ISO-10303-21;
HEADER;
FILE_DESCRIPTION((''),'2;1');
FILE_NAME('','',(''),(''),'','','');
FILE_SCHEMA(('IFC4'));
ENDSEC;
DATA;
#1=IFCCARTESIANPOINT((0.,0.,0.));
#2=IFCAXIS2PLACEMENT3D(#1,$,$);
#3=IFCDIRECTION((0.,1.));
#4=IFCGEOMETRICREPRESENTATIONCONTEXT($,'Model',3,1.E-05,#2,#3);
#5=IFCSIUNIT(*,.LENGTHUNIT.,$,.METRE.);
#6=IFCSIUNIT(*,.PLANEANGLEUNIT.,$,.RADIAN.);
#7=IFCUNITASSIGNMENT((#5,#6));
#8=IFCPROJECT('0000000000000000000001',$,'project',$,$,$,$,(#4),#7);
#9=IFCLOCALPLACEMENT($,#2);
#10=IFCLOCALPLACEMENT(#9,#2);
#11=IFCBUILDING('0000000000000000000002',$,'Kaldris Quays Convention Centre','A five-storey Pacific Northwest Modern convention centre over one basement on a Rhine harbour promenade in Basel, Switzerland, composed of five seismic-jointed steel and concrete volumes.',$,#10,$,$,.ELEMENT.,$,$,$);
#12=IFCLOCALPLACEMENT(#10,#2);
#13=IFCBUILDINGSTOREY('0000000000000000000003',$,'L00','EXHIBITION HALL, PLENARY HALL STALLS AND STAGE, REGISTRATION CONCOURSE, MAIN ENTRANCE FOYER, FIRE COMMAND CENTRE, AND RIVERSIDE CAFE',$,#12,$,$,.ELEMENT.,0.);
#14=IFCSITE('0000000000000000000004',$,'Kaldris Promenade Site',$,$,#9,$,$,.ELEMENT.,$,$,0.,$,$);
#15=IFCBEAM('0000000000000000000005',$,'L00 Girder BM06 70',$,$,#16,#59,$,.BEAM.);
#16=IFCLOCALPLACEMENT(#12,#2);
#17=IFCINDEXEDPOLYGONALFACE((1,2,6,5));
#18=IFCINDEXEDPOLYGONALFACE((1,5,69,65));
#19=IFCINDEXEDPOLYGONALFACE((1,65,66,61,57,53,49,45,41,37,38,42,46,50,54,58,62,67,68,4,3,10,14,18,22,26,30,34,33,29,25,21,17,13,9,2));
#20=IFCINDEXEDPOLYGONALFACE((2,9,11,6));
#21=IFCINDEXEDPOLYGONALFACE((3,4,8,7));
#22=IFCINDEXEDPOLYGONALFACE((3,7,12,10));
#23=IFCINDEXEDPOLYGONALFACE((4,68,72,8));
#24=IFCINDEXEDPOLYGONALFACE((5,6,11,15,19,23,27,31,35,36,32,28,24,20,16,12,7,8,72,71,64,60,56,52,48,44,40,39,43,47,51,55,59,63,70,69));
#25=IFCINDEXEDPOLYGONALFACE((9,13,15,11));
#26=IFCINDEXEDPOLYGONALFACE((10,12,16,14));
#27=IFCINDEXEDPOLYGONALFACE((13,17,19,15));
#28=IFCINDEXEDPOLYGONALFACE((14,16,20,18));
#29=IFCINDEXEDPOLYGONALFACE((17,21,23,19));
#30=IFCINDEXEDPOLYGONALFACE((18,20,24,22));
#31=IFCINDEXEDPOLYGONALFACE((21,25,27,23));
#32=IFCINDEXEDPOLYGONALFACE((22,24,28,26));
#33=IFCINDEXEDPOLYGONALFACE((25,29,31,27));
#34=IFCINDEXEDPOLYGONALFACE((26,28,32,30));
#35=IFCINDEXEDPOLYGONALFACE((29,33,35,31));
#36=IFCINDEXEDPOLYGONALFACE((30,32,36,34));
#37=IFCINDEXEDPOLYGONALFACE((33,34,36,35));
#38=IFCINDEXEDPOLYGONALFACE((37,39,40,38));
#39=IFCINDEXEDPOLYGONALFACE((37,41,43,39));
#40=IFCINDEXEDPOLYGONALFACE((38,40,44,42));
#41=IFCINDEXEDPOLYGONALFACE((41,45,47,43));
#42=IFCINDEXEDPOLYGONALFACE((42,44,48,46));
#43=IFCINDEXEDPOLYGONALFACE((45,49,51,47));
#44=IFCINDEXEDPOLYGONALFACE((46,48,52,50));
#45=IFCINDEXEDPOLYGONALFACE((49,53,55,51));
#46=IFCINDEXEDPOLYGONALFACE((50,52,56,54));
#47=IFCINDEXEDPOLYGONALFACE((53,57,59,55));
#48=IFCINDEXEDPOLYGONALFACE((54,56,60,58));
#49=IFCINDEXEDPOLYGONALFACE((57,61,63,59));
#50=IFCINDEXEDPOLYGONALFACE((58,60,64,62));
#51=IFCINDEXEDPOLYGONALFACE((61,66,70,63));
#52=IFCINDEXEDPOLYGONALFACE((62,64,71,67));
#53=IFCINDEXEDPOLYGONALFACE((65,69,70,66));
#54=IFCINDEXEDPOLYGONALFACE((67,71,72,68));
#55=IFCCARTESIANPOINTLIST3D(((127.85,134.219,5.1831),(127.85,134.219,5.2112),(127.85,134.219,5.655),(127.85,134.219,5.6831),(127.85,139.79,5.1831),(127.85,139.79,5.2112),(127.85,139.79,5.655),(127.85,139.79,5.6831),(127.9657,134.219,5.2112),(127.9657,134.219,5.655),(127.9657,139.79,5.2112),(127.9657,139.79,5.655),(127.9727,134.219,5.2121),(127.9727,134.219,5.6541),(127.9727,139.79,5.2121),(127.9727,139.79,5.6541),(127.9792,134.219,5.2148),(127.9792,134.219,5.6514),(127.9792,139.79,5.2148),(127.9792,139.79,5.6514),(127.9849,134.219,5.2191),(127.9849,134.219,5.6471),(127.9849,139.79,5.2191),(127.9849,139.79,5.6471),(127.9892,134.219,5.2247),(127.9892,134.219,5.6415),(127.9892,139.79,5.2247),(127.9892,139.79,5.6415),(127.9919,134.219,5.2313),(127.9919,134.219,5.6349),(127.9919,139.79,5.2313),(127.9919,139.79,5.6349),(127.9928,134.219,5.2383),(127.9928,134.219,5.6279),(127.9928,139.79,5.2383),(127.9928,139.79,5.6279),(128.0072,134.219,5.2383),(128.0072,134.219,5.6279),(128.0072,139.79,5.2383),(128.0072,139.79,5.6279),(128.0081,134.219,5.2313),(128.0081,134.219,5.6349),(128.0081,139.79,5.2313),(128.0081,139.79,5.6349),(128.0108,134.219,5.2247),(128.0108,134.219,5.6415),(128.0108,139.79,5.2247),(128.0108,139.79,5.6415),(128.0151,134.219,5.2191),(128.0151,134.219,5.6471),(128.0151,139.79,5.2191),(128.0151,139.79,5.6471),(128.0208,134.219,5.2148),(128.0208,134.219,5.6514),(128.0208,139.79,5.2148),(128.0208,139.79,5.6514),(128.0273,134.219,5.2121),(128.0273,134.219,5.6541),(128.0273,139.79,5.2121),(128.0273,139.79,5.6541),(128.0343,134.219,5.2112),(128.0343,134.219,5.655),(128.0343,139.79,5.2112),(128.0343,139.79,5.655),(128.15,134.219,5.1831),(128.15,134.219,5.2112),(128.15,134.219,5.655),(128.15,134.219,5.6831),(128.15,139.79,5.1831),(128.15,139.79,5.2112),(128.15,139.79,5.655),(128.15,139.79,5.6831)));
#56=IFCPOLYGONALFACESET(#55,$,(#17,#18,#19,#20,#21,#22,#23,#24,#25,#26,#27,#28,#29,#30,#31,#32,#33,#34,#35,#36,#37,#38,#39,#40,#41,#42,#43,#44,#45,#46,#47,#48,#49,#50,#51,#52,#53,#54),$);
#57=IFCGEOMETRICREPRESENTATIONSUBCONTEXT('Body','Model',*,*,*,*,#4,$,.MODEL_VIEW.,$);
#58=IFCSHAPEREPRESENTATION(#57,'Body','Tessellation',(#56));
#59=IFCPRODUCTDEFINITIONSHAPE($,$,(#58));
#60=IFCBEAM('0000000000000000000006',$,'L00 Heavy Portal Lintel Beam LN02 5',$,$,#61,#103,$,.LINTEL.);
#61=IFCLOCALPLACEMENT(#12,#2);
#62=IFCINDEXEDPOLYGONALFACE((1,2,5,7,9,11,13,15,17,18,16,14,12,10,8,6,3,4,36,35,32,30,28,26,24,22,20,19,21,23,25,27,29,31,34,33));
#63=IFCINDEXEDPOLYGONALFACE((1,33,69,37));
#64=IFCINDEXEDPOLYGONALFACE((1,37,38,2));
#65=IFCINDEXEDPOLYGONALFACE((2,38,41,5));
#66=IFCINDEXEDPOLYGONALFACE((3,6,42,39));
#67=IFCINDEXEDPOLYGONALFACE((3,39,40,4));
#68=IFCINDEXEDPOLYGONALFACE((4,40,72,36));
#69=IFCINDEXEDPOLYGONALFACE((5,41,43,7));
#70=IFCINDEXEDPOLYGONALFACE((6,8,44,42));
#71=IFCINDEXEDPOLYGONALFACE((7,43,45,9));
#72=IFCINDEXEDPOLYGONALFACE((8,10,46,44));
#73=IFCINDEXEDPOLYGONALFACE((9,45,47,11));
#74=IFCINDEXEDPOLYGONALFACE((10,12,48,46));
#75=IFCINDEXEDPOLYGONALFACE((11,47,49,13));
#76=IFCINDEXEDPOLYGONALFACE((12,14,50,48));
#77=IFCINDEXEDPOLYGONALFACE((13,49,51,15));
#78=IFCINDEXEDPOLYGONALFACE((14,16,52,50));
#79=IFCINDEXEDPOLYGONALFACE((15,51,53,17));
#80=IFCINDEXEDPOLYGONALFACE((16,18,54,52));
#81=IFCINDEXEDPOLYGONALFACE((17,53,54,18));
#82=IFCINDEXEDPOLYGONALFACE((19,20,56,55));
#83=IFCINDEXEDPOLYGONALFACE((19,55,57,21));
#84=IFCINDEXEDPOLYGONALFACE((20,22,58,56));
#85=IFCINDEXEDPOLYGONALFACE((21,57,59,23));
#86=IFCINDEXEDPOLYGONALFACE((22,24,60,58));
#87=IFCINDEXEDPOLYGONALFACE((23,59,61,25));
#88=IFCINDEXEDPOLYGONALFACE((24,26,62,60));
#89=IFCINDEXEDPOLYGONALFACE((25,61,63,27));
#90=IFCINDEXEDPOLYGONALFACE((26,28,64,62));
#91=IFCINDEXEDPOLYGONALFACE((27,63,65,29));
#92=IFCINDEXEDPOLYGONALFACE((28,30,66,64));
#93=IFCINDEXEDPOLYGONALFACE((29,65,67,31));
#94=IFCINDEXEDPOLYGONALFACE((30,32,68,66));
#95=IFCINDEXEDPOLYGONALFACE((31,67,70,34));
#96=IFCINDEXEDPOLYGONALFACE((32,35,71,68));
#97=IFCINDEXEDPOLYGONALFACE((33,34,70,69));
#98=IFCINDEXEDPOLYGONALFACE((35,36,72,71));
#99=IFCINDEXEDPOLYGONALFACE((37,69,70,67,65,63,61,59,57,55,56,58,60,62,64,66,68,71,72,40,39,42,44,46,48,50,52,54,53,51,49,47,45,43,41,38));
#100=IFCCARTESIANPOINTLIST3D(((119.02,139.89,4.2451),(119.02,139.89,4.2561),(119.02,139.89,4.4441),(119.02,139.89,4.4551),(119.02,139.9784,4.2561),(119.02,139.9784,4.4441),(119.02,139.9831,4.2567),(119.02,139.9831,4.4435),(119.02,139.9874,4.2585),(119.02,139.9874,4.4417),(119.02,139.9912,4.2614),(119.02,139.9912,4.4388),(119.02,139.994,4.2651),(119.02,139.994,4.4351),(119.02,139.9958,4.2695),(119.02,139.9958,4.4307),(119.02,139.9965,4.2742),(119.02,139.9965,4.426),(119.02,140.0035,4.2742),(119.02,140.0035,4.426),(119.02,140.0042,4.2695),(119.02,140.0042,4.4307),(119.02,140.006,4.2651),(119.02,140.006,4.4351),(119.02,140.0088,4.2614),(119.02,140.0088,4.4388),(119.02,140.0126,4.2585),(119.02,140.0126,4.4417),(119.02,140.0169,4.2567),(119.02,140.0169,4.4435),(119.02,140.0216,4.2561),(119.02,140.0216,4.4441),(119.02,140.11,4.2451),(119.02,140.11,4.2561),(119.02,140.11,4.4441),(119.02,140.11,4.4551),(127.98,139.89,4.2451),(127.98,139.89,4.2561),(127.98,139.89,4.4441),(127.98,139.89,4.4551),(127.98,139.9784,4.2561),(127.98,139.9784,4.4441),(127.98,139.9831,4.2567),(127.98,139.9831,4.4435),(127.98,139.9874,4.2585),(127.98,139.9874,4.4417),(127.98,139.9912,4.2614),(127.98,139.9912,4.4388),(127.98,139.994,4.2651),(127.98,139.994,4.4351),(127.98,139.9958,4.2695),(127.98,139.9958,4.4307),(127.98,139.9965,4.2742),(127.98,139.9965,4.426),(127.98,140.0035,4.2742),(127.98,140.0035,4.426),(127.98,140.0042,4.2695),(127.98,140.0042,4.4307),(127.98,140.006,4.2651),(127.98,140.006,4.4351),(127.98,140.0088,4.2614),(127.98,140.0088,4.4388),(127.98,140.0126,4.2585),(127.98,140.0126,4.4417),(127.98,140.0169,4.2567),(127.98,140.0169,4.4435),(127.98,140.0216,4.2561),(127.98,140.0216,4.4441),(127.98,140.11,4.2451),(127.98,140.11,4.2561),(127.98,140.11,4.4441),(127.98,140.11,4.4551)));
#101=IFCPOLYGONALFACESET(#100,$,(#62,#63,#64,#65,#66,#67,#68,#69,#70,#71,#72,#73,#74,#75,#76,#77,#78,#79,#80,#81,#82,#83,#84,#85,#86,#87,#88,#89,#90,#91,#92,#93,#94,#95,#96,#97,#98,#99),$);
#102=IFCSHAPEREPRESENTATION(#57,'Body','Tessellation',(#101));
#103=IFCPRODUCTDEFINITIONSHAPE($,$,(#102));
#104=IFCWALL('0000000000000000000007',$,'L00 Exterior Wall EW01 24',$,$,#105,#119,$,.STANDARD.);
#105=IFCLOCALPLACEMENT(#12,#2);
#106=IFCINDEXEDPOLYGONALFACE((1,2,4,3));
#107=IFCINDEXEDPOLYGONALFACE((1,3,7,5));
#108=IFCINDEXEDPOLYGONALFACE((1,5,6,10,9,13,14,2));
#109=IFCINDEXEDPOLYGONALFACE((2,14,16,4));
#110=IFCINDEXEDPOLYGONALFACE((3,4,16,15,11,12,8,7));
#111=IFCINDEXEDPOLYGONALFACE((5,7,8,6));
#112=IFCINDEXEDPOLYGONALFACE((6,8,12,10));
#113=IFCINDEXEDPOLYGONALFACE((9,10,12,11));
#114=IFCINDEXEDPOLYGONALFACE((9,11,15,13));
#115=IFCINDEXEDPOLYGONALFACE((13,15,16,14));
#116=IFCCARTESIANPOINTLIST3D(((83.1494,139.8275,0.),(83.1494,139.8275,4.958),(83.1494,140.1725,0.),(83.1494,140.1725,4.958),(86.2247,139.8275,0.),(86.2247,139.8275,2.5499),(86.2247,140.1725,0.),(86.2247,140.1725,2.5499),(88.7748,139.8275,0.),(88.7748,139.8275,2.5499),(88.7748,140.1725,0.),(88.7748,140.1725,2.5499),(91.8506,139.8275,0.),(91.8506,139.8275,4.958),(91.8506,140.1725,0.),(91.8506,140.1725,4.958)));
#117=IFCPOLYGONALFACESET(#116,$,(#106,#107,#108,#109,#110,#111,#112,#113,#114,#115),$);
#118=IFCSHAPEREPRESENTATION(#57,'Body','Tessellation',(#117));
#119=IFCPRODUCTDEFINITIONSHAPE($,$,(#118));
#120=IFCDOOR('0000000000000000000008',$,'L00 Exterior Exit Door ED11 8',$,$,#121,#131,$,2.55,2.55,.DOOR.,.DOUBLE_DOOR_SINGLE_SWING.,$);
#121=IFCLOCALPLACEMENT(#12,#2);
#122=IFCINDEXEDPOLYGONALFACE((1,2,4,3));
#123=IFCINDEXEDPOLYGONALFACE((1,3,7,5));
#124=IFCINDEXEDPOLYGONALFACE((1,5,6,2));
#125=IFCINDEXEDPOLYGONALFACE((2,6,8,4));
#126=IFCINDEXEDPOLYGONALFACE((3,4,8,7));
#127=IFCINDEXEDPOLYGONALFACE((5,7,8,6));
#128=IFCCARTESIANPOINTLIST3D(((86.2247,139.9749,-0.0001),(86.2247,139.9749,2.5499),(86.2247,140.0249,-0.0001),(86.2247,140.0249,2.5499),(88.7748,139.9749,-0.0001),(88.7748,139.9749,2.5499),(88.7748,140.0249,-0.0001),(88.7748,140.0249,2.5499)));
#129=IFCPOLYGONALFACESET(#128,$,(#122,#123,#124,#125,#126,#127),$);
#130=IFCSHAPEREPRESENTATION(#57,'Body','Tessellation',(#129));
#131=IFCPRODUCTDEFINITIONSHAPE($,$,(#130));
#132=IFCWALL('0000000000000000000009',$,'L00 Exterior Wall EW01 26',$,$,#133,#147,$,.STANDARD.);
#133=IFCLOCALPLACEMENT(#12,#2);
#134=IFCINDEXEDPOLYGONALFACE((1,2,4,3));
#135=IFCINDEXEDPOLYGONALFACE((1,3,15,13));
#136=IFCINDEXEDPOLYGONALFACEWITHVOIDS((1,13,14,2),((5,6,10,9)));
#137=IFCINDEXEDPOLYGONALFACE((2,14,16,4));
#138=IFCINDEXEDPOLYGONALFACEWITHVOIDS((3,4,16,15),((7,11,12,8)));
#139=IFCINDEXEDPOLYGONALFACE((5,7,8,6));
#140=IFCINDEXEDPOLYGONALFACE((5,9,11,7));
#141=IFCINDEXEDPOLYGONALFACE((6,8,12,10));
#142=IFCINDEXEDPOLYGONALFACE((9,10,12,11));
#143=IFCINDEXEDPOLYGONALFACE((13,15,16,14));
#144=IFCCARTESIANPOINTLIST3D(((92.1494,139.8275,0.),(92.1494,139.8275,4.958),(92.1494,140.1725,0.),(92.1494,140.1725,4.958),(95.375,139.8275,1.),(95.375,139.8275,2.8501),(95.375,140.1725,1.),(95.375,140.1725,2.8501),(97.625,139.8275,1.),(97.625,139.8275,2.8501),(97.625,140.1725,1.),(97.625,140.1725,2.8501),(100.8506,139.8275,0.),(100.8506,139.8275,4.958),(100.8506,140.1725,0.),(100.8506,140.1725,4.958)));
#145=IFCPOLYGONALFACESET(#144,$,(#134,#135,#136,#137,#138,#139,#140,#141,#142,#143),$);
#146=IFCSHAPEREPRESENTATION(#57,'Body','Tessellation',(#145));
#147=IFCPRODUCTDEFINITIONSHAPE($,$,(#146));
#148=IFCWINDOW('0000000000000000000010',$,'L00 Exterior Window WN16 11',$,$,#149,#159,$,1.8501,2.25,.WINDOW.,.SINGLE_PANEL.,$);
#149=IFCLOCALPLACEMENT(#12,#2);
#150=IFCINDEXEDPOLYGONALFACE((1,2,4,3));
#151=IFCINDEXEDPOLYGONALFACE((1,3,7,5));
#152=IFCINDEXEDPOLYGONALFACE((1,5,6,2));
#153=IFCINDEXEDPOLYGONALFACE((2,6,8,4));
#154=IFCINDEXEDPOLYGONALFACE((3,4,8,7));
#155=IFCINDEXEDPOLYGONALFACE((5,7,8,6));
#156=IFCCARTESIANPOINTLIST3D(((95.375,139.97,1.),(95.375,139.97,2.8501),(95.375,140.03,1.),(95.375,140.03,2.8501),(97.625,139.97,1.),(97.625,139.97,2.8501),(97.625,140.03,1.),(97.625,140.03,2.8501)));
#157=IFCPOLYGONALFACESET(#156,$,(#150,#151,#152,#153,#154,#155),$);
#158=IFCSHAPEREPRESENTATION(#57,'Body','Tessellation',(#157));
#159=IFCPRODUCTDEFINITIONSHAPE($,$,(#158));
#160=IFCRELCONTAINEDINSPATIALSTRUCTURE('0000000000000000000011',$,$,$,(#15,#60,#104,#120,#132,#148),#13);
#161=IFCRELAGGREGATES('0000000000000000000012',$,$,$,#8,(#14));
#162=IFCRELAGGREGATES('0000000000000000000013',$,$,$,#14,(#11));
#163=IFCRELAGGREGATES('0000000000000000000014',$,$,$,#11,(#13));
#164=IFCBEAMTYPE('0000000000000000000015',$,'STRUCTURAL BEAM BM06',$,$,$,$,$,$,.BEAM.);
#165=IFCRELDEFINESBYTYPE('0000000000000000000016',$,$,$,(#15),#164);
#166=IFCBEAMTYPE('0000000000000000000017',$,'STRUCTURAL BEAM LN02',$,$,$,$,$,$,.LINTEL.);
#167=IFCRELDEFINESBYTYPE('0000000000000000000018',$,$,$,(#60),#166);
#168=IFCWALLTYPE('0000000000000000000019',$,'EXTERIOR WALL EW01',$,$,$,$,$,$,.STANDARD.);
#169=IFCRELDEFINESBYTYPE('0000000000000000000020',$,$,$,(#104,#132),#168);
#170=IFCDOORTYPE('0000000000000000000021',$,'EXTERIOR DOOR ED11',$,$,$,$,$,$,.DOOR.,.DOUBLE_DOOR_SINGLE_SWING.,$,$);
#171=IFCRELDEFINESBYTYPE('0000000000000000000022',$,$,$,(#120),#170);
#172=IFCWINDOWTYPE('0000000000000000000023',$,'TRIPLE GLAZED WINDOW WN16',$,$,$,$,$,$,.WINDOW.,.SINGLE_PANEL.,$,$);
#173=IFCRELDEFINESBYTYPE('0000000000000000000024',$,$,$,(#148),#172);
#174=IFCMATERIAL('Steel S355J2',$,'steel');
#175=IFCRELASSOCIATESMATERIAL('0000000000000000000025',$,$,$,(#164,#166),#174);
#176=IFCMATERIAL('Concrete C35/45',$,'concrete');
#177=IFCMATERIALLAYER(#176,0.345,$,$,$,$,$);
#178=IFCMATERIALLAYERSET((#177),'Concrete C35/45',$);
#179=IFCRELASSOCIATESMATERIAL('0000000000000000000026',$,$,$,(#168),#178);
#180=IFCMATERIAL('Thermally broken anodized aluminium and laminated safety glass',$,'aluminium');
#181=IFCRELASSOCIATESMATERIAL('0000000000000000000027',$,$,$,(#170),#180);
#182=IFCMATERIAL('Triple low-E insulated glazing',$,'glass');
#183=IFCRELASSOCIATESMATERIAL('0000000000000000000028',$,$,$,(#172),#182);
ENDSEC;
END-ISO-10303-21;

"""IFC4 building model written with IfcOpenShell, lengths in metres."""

from ifc_helpers import new_model, si_unit, direction, frame, frame_2d, origin, origin_2d, place, context, subcontext, project, spatial, rectangle, i_section, extrude, material, layer, layer_set, material_profile, profile_set, type_object, element, fill, save


model = new_model("IFC4")

# Units and contexts
model_context = context("Model", 3, precision=1e-05, world=origin(), true_north=direction((0.0, 1.0)))
body_context = subcontext(model_context, "Body", "Model", "MODEL_VIEW")
ifc_project = project(units=[si_unit("LENGTHUNIT", "METRE"), si_unit("PLANEANGLEUNIT", "RADIAN")], contexts=[model_context])

# Site, building, storey
site_placement = place(None, origin())
site = spatial("IfcSite", under=ifc_project, at=site_placement, Name="Kaldris Promenade Site", CompositionType="ELEMENT", RefElevation=0.0)
building_placement = place(site_placement, origin())
building = spatial("IfcBuilding", under=site, at=building_placement, Name="Kaldris Quays Convention Centre", Description="A five-storey Pacific Northwest Modern convention centre over one basement on a Rhine harbour promenade in Basel, Switzerland, composed of five seismic-jointed steel and concrete volumes.", CompositionType="ELEMENT")
storey_placement = place(building_placement, origin())
storey = spatial("IfcBuildingStorey", under=building, at=storey_placement, Name="L00", Description="EXHIBITION HALL, PLENARY HALL STALLS AND STAGE, REGISTRATION CONCOURSE, MAIN ENTRANCE FOYER, FIRE COMMAND CENTRE, AND RIVERSIDE CAFE", CompositionType="ELEMENT", Elevation=0.0)

# Shared definitions
ifc_material_1 = material(Name="Steel S355J2", Category="steel")

# Beams
ifc_material_profile_1 = material_profile(ifc_material_1, i_section(OverallWidth=0.3, OverallDepth=0.5, WebThickness=0.0144, FlangeThickness=0.0281, FilletRadius=0.0271, at=origin_2d()), Name="HEB 500")
ifc_profile_set_1 = profile_set([ifc_material_profile_1], Name="Steel S355J2")
beam_type_1 = type_object("IfcBeamType", Name="STRUCTURAL BEAM BM06", PredefinedType="BEAM", material=ifc_profile_set_1)
for number, where, z_axis, x_axis, name in (
    (1, (128.0, 134.219, 5.4331), (0.0, 1.0, 0.0), (-1.0, 0.0, 0.0), "L00 Girder BM06 70"),
):
    element("IfcBeam", number, at=place(storey_placement, frame(where, z_axis=z_axis, x_axis=x_axis)), inside=storey, type_object=beam_type_1, Name=name, PredefinedType="BEAM", context=body_context, shape_type="SweptSolid", body=[
        extrude(i_section(OverallWidth=0.3, OverallDepth=0.5, WebThickness=0.0144, FlangeThickness=0.0281, FilletRadius=0.0271, at=origin_2d()), origin(), (0.0, 0.0, 1.0), 5.571),
    ])
ifc_material_profile_2 = material_profile(ifc_material_1, i_section(OverallWidth=0.22, OverallDepth=0.21, WebThickness=0.0071, FlangeThickness=0.011, FilletRadius=0.0181, at=origin_2d()), Name="HEA 220")
ifc_profile_set_2 = profile_set([ifc_material_profile_2], Name="Steel S355J2")
beam_type_2 = type_object("IfcBeamType", Name="STRUCTURAL BEAM LN02", PredefinedType="LINTEL", material=ifc_profile_set_2)
beam_placement = place(storey_placement, frame((119.02, 140.0, 4.3501), z_axis=(1.0, 0.0, 0.0), x_axis=(0.0, 1.0, 0.0)))
element("IfcBeam", 2, at=beam_placement, inside=storey, type_object=beam_type_2, Name="L00 Heavy Portal Lintel Beam LN02 5", PredefinedType="LINTEL", context=body_context, shape_type="SweptSolid", body=[
    extrude(i_section(OverallWidth=0.22, OverallDepth=0.21, WebThickness=0.0071, FlangeThickness=0.011, FilletRadius=0.0181, at=origin_2d()), origin(), (0.0, 0.0, 1.0), 8.96),
])

# Wall, opening, door
ifc_material_2 = material(Name="Concrete C35/45", Category="concrete")
ifc_layer = layer(ifc_material_2, 0.345)
ifc_layer_set = layer_set([ifc_layer], Name="Concrete C35/45")
wall_type = type_object("IfcWallType", Name="EXTERIOR WALL EW01", PredefinedType="STANDARD", material=ifc_layer_set)
wall_1_placement = place(storey_placement, frame((83.1494, 140.0, 0.0), z_axis=(0.0, 0.0, 1.0), x_axis=(1.0, 0.0, 0.0)))
wall_1 = element("IfcWall", 3, at=wall_1_placement, inside=storey, type_object=wall_type, Name="L00 Exterior Wall EW01 24", PredefinedType="STANDARD", context=body_context, shape_type="SweptSolid", body=[
    extrude(rectangle(XDim=8.7012, YDim=0.345, at=frame_2d((4.3506, 0.0))), origin(), (0.0, 0.0, 1.0), 4.958),
])
opening_1_placement = place(wall_1_placement, frame((3.0754, 0.0, 0.0)))
opening_1 = element("IfcOpeningElement", 4, at=opening_1_placement, cuts=wall_1, PredefinedType="OPENING", context=body_context, shape_type="SweptSolid", body=[
    extrude(rectangle(XDim=2.55, YDim=2.55, at=frame_2d((1.2749, 1.2749))), frame((0.0, 0.1826, 0.0), z_axis=(0.0, -1.0, 0.0), x_axis=(1.0, 0.0, 0.0)), (0.0, 0.0, 1.0), 0.365),
])
ifc_material_3 = material(Name="Thermally broken anodized aluminium and laminated safety glass", Category="aluminium")
door_type_1 = type_object("IfcDoorType", Name="EXTERIOR DOOR ED11", OperationType="DOUBLE_DOOR_SINGLE_SWING", PredefinedType="DOOR", material=ifc_material_3)
door_1_placement = place(opening_1_placement, origin())
door_1 = element("IfcDoor", 5, at=door_1_placement, inside=storey, type_object=door_type_1, Name="L00 Exterior Exit Door ED11 8", OperationType="DOUBLE_DOOR_SINGLE_SWING", OverallHeight=2.55, OverallWidth=2.55, PredefinedType="DOOR", context=body_context, shape_type="SweptSolid", body=[
    extrude(rectangle(XDim=2.55, YDim=2.55, at=frame_2d((1.2749, 1.2749))), frame((0.0, 0.0249, 0.0), z_axis=(0.0, -1.0, 0.0), x_axis=(1.0, 0.0, 0.0)), (0.0, 0.0, 1.0), 0.05),
])
fill(opening_1, door_1)

# Wall, opening, window
wall_2_placement = place(storey_placement, frame((92.1494, 140.0, 0.0), z_axis=(0.0, 0.0, 1.0), x_axis=(1.0, 0.0, 0.0)))
wall_2 = element("IfcWall", 6, at=wall_2_placement, inside=storey, type_object=wall_type, Name="L00 Exterior Wall EW01 26", PredefinedType="STANDARD", context=body_context, shape_type="SweptSolid", body=[
    extrude(rectangle(XDim=8.7012, YDim=0.345, at=frame_2d((4.3506, 0.0))), origin(), (0.0, 0.0, 1.0), 4.958),
])
opening_2_placement = place(wall_2_placement, frame((3.2256, 0.0, 1.0)))
opening_2 = element("IfcOpeningElement", 7, at=opening_2_placement, cuts=wall_2, PredefinedType="OPENING", context=body_context, shape_type="SweptSolid", body=[
    extrude(rectangle(XDim=2.25, YDim=1.8501, at=frame_2d((1.125, 0.925))), frame((0.0, 0.1826, 0.0), z_axis=(0.0, -1.0, 0.0), x_axis=(1.0, 0.0, 0.0)), (0.0, 0.0, 1.0), 0.365),
])
ifc_material_4 = material(Name="Triple low-E insulated glazing", Category="glass")
window_type_1 = type_object("IfcWindowType", Name="TRIPLE GLAZED WINDOW WN16", PartitioningType="SINGLE_PANEL", PredefinedType="WINDOW", material=ifc_material_4)
window_1_placement = place(opening_2_placement, origin())
window_1 = element("IfcWindow", 8, at=window_1_placement, inside=storey, type_object=window_type_1, Name="L00 Exterior Window WN16 11", OverallHeight=1.8501, OverallWidth=2.25, PartitioningType="SINGLE_PANEL", PredefinedType="WINDOW", context=body_context, shape_type="SweptSolid", body=[
    extrude(rectangle(XDim=2.25, YDim=1.8501, at=frame_2d((1.125, 0.925))), frame((0.0, 0.03, 0.0), z_axis=(0.0, -1.0, 0.0), x_axis=(1.0, 0.0, 0.0)), (0.0, 0.0, 1.0), 0.0601),
])
fill(opening_2, window_1)

save(model, "model.ifc")
